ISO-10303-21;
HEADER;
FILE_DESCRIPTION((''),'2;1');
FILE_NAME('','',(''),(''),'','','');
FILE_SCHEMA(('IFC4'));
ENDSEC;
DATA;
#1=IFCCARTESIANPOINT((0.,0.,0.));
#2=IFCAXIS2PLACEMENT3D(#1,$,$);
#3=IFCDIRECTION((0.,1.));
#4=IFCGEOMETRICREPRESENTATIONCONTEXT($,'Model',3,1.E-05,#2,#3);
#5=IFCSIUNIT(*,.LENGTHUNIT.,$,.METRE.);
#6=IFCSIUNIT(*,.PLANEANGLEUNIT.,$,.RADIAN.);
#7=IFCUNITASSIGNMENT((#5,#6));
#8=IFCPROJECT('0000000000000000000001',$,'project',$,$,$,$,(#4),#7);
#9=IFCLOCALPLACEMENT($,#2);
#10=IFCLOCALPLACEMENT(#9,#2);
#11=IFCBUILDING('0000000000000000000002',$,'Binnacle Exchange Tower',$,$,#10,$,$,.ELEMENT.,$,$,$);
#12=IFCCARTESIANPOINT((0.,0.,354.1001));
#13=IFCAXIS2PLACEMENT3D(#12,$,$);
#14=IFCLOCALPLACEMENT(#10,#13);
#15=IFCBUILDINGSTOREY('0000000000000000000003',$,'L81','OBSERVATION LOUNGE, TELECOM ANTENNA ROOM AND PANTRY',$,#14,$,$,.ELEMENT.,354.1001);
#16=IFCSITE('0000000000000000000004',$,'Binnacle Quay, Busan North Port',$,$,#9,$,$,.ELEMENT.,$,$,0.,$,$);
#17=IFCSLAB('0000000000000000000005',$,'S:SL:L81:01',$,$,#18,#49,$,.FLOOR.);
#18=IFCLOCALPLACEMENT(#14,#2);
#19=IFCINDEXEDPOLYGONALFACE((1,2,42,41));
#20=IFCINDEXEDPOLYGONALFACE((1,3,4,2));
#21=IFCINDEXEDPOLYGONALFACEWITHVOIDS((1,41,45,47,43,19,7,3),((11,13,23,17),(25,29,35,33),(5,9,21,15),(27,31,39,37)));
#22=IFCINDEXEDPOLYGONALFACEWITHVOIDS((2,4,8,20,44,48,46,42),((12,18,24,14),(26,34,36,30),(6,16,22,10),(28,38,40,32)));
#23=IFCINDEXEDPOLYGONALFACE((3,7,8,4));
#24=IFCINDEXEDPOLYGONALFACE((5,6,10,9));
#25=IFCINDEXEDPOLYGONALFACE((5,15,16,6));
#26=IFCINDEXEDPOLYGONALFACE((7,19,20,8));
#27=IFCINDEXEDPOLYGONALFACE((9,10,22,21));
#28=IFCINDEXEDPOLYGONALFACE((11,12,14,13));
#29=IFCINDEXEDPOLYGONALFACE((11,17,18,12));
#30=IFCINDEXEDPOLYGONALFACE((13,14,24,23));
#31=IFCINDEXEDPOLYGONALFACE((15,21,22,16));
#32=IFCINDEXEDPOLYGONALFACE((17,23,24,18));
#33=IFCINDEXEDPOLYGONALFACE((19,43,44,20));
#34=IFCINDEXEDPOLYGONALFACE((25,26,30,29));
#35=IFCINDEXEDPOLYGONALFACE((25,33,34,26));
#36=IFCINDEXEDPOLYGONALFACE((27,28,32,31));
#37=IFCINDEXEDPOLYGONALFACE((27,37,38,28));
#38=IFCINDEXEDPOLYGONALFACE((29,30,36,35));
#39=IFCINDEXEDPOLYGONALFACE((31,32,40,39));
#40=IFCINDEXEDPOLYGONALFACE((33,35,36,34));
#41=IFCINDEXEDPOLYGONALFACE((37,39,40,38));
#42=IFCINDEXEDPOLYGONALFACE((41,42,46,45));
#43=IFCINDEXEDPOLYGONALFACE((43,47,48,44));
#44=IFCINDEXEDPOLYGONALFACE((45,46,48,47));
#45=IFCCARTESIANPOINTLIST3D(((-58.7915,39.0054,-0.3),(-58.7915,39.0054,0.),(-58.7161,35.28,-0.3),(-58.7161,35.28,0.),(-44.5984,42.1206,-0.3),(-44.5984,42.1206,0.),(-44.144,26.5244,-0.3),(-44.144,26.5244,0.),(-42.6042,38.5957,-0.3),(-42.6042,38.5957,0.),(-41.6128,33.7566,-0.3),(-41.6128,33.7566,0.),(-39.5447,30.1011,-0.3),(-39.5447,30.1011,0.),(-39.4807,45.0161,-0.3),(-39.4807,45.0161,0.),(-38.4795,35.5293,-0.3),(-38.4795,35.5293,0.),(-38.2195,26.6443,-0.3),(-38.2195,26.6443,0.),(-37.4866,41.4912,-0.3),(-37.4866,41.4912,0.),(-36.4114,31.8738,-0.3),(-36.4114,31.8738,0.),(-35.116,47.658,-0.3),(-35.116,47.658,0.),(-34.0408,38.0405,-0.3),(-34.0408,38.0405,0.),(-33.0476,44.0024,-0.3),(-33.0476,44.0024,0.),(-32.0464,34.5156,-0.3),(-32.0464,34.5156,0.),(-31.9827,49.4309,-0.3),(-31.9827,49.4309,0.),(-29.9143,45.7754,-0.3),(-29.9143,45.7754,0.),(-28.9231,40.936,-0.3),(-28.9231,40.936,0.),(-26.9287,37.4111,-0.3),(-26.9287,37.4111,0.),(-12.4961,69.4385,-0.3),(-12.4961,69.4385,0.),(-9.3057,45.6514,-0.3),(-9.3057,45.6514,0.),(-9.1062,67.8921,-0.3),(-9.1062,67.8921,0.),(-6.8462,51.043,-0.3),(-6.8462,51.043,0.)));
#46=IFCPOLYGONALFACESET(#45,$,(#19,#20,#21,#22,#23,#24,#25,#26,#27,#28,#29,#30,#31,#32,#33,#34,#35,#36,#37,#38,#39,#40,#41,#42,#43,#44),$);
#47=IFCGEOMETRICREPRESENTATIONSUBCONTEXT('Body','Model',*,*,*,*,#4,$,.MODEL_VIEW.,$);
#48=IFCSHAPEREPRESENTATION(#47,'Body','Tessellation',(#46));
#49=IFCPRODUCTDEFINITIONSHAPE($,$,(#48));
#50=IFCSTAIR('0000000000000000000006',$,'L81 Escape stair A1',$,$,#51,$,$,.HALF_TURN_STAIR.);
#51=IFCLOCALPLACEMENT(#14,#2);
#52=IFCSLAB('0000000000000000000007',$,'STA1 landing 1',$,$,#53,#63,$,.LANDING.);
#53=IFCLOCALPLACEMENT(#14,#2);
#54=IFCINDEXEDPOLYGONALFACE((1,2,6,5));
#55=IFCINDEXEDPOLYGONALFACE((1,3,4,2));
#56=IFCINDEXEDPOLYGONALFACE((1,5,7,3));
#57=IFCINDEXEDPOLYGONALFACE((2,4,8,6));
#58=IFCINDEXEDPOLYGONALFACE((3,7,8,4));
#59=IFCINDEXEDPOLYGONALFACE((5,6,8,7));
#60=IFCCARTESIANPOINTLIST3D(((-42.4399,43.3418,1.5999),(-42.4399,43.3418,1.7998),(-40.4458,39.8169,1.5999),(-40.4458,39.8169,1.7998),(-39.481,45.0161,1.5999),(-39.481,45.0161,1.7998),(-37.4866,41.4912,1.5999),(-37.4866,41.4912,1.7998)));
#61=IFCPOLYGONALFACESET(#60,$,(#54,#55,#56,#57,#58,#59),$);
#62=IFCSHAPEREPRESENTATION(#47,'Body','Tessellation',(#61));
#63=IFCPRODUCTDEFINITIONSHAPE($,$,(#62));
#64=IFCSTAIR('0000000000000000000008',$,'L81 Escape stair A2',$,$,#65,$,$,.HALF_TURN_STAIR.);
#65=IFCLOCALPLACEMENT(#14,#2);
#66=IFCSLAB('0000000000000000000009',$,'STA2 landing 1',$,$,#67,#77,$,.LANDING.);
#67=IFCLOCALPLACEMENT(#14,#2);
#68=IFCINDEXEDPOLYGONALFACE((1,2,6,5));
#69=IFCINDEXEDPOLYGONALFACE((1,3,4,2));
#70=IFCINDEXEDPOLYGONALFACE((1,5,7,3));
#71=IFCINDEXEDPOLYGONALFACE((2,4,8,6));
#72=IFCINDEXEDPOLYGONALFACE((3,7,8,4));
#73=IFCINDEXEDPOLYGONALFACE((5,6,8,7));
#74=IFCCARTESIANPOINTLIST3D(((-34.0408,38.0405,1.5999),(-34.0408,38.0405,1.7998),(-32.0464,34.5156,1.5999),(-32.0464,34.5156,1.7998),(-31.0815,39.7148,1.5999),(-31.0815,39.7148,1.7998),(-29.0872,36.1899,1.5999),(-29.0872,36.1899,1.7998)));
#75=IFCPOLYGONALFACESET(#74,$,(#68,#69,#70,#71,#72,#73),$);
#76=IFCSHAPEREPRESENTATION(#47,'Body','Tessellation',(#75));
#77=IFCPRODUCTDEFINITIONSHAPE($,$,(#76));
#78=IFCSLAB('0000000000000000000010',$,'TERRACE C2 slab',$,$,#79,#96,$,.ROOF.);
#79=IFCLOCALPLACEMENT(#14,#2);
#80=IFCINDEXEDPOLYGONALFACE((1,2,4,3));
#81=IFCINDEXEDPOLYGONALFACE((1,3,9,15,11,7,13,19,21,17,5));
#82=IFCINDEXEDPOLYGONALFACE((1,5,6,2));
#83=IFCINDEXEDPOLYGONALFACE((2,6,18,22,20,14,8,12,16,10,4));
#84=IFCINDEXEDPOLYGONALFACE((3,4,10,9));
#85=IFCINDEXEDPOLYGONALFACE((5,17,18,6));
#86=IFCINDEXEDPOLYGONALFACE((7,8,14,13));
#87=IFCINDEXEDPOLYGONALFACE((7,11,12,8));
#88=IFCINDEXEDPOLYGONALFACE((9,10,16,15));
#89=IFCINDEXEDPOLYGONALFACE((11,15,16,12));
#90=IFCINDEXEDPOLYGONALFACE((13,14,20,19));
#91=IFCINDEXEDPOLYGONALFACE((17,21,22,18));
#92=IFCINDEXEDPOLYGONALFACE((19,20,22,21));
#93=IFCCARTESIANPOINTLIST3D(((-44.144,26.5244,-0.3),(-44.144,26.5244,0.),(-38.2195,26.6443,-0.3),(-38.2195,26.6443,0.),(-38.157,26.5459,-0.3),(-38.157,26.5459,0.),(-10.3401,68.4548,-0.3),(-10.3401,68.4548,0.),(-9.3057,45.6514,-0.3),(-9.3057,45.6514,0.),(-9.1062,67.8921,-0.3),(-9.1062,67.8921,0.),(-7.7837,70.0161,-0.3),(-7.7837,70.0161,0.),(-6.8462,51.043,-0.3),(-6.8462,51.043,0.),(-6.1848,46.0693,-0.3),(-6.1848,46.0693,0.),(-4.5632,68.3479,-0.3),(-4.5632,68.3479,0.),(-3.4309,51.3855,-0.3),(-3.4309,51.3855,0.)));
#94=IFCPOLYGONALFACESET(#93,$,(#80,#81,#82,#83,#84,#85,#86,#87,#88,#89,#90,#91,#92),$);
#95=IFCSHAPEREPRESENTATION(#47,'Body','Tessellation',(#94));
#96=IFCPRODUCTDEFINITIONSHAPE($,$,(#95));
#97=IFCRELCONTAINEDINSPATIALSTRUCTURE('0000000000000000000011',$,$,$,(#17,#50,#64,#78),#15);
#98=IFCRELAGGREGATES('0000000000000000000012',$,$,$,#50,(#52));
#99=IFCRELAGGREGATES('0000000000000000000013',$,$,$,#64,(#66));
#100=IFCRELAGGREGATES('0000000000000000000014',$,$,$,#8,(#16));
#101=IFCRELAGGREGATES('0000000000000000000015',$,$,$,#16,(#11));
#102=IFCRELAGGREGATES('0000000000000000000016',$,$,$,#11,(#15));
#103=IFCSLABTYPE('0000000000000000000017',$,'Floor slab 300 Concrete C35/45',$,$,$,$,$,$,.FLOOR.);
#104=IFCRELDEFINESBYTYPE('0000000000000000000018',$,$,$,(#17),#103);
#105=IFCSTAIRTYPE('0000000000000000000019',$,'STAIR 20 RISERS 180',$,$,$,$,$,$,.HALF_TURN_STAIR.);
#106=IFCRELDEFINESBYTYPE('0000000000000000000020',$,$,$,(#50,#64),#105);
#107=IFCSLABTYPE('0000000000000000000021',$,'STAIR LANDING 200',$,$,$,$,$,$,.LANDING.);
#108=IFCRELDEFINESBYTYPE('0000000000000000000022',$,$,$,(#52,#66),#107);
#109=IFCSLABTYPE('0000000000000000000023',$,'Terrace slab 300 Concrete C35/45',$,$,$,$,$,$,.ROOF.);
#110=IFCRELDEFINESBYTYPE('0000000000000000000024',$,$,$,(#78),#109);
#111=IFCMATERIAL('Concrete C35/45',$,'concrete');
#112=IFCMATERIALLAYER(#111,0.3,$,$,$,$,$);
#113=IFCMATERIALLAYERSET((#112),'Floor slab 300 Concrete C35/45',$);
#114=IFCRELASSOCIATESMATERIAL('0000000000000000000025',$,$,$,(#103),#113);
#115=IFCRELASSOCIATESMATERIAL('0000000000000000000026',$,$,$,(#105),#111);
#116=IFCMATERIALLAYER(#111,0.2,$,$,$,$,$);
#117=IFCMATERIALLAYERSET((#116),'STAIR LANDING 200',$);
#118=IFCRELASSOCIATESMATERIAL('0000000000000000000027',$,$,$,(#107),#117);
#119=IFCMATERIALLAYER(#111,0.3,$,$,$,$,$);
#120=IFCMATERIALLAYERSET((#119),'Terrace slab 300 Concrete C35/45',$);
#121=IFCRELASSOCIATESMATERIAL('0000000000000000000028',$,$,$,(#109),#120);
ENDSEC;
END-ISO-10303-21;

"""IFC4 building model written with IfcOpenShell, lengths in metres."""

from ifc_helpers import new_model, si_unit, direction, frame, origin, place, context, subcontext, project, spatial, polyline, outline, extrude, material, layer, layer_set, type_object, element, aggregate, save


model = new_model("IFC4")

# Units and contexts
model_context = context("Model", 3, precision=1e-05, world=origin(), true_north=direction((0.0, 1.0)))
body_context = subcontext(model_context, "Body", "Model", "MODEL_VIEW")
ifc_project = project(units=[si_unit("LENGTHUNIT", "METRE"), si_unit("PLANEANGLEUNIT", "RADIAN")], contexts=[model_context])

# Site, building, storey
site_placement = place(None, origin())
site = spatial("IfcSite", under=ifc_project, at=site_placement, Name="Binnacle Quay, Busan North Port", CompositionType="ELEMENT", RefElevation=0.0)
building_placement = place(site_placement, origin())
building = spatial("IfcBuilding", under=site, at=building_placement, Name="Binnacle Exchange Tower", CompositionType="ELEMENT")
storey_placement = place(building_placement, frame((0.0, 0.0, 354.1001)))
storey = spatial("IfcBuildingStorey", under=building, at=storey_placement, Name="L81", Description="OBSERVATION LOUNGE, TELECOM ANTENNA ROOM AND PANTRY", CompositionType="ELEMENT", Elevation=354.1001)

# Slab
ifc_material_1 = material(Name="Concrete C35/45", Category="concrete")
ifc_layer_1 = layer(ifc_material_1, 0.3)
ifc_layer_set_1 = layer_set([ifc_layer_1], Name="Floor slab 300 Concrete C35/45")
slab_type_1 = type_object("IfcSlabType", Name="Floor slab 300 Concrete C35/45", PredefinedType="FLOOR", material=ifc_layer_set_1)
slab_1_placement = place(storey_placement, frame((0.0, 0.0, -0.3)))
element("IfcSlab", 1, at=slab_1_placement, inside=storey, type_object=slab_type_1, Name="S:SL:L81:01", PredefinedType="FLOOR", context=body_context, shape_type="SweptSolid", body=[
    extrude(outline(polyline([(-38.2195, 26.6443), (-44.144, 26.5244), (-58.7161, 35.28), (-58.7915, 39.0054), (-12.4961, 69.4385), (-9.1062, 67.8921), (-6.8462, 51.043), (-9.3057, 45.6514), (-38.2195, 26.6443)]), holes=[polyline([(-41.6128, 33.7566), (-39.5447, 30.1011), (-36.4114, 31.8738), (-38.4795, 35.5293), (-41.6128, 33.7566)]), polyline([(-26.9287, 37.4111), (-28.9231, 40.936), (-34.0408, 38.0405), (-32.0464, 34.5156), (-26.9287, 37.4111)]), polyline([(-44.5984, 42.1206), (-42.6042, 38.5957), (-37.4866, 41.4912), (-39.4807, 45.0161), (-44.5984, 42.1206)]), polyline([(-35.116, 47.658), (-33.0476, 44.0024), (-29.9143, 45.7754), (-31.9827, 49.4309), (-35.116, 47.658)])]), origin(), (0.0, 0.0, 1.0), 0.3),
])

# Stairs, slabs
stair_type = type_object("IfcStairType", Name="STAIR 20 RISERS 180", PredefinedType="HALF_TURN_STAIR", material=ifc_material_1)
stair_1_placement = place(storey_placement, origin())
stair_1 = element("IfcStair", 2, at=stair_1_placement, inside=storey, type_object=stair_type, Name="L81 Escape stair A1", PredefinedType="HALF_TURN_STAIR")
ifc_layer_2 = layer(ifc_material_1, 0.2)
ifc_layer_set_2 = layer_set([ifc_layer_2], Name="STAIR LANDING 200")
slab_type_2 = type_object("IfcSlabType", Name="STAIR LANDING 200", PredefinedType="LANDING", material=ifc_layer_set_2)
slab_2_placement = place(storey_placement, frame((0.0, 0.0, 1.5999)))
slab_2 = element("IfcSlab", 3, at=slab_2_placement, type_object=slab_type_2, Name="STA1 landing 1", PredefinedType="LANDING", context=body_context, shape_type="SweptSolid", body=[
    extrude(outline(polyline([(-40.4458, 39.8169), (-37.4866, 41.4912), (-39.481, 45.0161), (-42.4399, 43.3418), (-40.4458, 39.8169)])), origin(), (0.0, 0.0, 1.0), 0.2),
])
aggregate(stair_1, [slab_2])
stair_2_placement = place(storey_placement, origin())
stair_2 = element("IfcStair", 4, at=stair_2_placement, inside=storey, type_object=stair_type, Name="L81 Escape stair A2", PredefinedType="HALF_TURN_STAIR")
slab_3_placement = place(storey_placement, frame((0.0, 0.0, 1.5999)))
slab_3 = element("IfcSlab", 5, at=slab_3_placement, type_object=slab_type_2, Name="STA2 landing 1", PredefinedType="LANDING", context=body_context, shape_type="SweptSolid", body=[
    extrude(outline(polyline([(-31.0815, 39.7148), (-34.0408, 38.0405), (-32.0464, 34.5156), (-29.0872, 36.1899), (-31.0815, 39.7148)])), origin(), (0.0, 0.0, 1.0), 0.2),
])
aggregate(stair_2, [slab_3])

# Slab
ifc_layer_3 = layer(ifc_material_1, 0.3)
ifc_layer_set_3 = layer_set([ifc_layer_3], Name="Terrace slab 300 Concrete C35/45")
slab_type_3 = type_object("IfcSlabType", Name="Terrace slab 300 Concrete C35/45", PredefinedType="ROOF", material=ifc_layer_set_3)
slab_4_placement = place(storey_placement, frame((0.0, 0.0, -0.3)))
element("IfcSlab", 6, at=slab_4_placement, inside=storey, type_object=slab_type_3, Name="TERRACE C2 slab", PredefinedType="ROOF", context=body_context, shape_type="SweptSolid", body=[
    extrude(outline(polyline([(-7.7837, 70.0161), (-4.5632, 68.3479), (-3.4309, 51.3855), (-6.1848, 46.0693), (-38.157, 26.5459), (-44.144, 26.5244), (-38.2195, 26.6443), (-9.3057, 45.6514), (-6.8462, 51.043), (-9.1062, 67.8921), (-10.3401, 68.4548), (-7.7837, 70.0161)])), origin(), (0.0, 0.0, 1.0), 0.3),
])

save(model, "model.ifc")
